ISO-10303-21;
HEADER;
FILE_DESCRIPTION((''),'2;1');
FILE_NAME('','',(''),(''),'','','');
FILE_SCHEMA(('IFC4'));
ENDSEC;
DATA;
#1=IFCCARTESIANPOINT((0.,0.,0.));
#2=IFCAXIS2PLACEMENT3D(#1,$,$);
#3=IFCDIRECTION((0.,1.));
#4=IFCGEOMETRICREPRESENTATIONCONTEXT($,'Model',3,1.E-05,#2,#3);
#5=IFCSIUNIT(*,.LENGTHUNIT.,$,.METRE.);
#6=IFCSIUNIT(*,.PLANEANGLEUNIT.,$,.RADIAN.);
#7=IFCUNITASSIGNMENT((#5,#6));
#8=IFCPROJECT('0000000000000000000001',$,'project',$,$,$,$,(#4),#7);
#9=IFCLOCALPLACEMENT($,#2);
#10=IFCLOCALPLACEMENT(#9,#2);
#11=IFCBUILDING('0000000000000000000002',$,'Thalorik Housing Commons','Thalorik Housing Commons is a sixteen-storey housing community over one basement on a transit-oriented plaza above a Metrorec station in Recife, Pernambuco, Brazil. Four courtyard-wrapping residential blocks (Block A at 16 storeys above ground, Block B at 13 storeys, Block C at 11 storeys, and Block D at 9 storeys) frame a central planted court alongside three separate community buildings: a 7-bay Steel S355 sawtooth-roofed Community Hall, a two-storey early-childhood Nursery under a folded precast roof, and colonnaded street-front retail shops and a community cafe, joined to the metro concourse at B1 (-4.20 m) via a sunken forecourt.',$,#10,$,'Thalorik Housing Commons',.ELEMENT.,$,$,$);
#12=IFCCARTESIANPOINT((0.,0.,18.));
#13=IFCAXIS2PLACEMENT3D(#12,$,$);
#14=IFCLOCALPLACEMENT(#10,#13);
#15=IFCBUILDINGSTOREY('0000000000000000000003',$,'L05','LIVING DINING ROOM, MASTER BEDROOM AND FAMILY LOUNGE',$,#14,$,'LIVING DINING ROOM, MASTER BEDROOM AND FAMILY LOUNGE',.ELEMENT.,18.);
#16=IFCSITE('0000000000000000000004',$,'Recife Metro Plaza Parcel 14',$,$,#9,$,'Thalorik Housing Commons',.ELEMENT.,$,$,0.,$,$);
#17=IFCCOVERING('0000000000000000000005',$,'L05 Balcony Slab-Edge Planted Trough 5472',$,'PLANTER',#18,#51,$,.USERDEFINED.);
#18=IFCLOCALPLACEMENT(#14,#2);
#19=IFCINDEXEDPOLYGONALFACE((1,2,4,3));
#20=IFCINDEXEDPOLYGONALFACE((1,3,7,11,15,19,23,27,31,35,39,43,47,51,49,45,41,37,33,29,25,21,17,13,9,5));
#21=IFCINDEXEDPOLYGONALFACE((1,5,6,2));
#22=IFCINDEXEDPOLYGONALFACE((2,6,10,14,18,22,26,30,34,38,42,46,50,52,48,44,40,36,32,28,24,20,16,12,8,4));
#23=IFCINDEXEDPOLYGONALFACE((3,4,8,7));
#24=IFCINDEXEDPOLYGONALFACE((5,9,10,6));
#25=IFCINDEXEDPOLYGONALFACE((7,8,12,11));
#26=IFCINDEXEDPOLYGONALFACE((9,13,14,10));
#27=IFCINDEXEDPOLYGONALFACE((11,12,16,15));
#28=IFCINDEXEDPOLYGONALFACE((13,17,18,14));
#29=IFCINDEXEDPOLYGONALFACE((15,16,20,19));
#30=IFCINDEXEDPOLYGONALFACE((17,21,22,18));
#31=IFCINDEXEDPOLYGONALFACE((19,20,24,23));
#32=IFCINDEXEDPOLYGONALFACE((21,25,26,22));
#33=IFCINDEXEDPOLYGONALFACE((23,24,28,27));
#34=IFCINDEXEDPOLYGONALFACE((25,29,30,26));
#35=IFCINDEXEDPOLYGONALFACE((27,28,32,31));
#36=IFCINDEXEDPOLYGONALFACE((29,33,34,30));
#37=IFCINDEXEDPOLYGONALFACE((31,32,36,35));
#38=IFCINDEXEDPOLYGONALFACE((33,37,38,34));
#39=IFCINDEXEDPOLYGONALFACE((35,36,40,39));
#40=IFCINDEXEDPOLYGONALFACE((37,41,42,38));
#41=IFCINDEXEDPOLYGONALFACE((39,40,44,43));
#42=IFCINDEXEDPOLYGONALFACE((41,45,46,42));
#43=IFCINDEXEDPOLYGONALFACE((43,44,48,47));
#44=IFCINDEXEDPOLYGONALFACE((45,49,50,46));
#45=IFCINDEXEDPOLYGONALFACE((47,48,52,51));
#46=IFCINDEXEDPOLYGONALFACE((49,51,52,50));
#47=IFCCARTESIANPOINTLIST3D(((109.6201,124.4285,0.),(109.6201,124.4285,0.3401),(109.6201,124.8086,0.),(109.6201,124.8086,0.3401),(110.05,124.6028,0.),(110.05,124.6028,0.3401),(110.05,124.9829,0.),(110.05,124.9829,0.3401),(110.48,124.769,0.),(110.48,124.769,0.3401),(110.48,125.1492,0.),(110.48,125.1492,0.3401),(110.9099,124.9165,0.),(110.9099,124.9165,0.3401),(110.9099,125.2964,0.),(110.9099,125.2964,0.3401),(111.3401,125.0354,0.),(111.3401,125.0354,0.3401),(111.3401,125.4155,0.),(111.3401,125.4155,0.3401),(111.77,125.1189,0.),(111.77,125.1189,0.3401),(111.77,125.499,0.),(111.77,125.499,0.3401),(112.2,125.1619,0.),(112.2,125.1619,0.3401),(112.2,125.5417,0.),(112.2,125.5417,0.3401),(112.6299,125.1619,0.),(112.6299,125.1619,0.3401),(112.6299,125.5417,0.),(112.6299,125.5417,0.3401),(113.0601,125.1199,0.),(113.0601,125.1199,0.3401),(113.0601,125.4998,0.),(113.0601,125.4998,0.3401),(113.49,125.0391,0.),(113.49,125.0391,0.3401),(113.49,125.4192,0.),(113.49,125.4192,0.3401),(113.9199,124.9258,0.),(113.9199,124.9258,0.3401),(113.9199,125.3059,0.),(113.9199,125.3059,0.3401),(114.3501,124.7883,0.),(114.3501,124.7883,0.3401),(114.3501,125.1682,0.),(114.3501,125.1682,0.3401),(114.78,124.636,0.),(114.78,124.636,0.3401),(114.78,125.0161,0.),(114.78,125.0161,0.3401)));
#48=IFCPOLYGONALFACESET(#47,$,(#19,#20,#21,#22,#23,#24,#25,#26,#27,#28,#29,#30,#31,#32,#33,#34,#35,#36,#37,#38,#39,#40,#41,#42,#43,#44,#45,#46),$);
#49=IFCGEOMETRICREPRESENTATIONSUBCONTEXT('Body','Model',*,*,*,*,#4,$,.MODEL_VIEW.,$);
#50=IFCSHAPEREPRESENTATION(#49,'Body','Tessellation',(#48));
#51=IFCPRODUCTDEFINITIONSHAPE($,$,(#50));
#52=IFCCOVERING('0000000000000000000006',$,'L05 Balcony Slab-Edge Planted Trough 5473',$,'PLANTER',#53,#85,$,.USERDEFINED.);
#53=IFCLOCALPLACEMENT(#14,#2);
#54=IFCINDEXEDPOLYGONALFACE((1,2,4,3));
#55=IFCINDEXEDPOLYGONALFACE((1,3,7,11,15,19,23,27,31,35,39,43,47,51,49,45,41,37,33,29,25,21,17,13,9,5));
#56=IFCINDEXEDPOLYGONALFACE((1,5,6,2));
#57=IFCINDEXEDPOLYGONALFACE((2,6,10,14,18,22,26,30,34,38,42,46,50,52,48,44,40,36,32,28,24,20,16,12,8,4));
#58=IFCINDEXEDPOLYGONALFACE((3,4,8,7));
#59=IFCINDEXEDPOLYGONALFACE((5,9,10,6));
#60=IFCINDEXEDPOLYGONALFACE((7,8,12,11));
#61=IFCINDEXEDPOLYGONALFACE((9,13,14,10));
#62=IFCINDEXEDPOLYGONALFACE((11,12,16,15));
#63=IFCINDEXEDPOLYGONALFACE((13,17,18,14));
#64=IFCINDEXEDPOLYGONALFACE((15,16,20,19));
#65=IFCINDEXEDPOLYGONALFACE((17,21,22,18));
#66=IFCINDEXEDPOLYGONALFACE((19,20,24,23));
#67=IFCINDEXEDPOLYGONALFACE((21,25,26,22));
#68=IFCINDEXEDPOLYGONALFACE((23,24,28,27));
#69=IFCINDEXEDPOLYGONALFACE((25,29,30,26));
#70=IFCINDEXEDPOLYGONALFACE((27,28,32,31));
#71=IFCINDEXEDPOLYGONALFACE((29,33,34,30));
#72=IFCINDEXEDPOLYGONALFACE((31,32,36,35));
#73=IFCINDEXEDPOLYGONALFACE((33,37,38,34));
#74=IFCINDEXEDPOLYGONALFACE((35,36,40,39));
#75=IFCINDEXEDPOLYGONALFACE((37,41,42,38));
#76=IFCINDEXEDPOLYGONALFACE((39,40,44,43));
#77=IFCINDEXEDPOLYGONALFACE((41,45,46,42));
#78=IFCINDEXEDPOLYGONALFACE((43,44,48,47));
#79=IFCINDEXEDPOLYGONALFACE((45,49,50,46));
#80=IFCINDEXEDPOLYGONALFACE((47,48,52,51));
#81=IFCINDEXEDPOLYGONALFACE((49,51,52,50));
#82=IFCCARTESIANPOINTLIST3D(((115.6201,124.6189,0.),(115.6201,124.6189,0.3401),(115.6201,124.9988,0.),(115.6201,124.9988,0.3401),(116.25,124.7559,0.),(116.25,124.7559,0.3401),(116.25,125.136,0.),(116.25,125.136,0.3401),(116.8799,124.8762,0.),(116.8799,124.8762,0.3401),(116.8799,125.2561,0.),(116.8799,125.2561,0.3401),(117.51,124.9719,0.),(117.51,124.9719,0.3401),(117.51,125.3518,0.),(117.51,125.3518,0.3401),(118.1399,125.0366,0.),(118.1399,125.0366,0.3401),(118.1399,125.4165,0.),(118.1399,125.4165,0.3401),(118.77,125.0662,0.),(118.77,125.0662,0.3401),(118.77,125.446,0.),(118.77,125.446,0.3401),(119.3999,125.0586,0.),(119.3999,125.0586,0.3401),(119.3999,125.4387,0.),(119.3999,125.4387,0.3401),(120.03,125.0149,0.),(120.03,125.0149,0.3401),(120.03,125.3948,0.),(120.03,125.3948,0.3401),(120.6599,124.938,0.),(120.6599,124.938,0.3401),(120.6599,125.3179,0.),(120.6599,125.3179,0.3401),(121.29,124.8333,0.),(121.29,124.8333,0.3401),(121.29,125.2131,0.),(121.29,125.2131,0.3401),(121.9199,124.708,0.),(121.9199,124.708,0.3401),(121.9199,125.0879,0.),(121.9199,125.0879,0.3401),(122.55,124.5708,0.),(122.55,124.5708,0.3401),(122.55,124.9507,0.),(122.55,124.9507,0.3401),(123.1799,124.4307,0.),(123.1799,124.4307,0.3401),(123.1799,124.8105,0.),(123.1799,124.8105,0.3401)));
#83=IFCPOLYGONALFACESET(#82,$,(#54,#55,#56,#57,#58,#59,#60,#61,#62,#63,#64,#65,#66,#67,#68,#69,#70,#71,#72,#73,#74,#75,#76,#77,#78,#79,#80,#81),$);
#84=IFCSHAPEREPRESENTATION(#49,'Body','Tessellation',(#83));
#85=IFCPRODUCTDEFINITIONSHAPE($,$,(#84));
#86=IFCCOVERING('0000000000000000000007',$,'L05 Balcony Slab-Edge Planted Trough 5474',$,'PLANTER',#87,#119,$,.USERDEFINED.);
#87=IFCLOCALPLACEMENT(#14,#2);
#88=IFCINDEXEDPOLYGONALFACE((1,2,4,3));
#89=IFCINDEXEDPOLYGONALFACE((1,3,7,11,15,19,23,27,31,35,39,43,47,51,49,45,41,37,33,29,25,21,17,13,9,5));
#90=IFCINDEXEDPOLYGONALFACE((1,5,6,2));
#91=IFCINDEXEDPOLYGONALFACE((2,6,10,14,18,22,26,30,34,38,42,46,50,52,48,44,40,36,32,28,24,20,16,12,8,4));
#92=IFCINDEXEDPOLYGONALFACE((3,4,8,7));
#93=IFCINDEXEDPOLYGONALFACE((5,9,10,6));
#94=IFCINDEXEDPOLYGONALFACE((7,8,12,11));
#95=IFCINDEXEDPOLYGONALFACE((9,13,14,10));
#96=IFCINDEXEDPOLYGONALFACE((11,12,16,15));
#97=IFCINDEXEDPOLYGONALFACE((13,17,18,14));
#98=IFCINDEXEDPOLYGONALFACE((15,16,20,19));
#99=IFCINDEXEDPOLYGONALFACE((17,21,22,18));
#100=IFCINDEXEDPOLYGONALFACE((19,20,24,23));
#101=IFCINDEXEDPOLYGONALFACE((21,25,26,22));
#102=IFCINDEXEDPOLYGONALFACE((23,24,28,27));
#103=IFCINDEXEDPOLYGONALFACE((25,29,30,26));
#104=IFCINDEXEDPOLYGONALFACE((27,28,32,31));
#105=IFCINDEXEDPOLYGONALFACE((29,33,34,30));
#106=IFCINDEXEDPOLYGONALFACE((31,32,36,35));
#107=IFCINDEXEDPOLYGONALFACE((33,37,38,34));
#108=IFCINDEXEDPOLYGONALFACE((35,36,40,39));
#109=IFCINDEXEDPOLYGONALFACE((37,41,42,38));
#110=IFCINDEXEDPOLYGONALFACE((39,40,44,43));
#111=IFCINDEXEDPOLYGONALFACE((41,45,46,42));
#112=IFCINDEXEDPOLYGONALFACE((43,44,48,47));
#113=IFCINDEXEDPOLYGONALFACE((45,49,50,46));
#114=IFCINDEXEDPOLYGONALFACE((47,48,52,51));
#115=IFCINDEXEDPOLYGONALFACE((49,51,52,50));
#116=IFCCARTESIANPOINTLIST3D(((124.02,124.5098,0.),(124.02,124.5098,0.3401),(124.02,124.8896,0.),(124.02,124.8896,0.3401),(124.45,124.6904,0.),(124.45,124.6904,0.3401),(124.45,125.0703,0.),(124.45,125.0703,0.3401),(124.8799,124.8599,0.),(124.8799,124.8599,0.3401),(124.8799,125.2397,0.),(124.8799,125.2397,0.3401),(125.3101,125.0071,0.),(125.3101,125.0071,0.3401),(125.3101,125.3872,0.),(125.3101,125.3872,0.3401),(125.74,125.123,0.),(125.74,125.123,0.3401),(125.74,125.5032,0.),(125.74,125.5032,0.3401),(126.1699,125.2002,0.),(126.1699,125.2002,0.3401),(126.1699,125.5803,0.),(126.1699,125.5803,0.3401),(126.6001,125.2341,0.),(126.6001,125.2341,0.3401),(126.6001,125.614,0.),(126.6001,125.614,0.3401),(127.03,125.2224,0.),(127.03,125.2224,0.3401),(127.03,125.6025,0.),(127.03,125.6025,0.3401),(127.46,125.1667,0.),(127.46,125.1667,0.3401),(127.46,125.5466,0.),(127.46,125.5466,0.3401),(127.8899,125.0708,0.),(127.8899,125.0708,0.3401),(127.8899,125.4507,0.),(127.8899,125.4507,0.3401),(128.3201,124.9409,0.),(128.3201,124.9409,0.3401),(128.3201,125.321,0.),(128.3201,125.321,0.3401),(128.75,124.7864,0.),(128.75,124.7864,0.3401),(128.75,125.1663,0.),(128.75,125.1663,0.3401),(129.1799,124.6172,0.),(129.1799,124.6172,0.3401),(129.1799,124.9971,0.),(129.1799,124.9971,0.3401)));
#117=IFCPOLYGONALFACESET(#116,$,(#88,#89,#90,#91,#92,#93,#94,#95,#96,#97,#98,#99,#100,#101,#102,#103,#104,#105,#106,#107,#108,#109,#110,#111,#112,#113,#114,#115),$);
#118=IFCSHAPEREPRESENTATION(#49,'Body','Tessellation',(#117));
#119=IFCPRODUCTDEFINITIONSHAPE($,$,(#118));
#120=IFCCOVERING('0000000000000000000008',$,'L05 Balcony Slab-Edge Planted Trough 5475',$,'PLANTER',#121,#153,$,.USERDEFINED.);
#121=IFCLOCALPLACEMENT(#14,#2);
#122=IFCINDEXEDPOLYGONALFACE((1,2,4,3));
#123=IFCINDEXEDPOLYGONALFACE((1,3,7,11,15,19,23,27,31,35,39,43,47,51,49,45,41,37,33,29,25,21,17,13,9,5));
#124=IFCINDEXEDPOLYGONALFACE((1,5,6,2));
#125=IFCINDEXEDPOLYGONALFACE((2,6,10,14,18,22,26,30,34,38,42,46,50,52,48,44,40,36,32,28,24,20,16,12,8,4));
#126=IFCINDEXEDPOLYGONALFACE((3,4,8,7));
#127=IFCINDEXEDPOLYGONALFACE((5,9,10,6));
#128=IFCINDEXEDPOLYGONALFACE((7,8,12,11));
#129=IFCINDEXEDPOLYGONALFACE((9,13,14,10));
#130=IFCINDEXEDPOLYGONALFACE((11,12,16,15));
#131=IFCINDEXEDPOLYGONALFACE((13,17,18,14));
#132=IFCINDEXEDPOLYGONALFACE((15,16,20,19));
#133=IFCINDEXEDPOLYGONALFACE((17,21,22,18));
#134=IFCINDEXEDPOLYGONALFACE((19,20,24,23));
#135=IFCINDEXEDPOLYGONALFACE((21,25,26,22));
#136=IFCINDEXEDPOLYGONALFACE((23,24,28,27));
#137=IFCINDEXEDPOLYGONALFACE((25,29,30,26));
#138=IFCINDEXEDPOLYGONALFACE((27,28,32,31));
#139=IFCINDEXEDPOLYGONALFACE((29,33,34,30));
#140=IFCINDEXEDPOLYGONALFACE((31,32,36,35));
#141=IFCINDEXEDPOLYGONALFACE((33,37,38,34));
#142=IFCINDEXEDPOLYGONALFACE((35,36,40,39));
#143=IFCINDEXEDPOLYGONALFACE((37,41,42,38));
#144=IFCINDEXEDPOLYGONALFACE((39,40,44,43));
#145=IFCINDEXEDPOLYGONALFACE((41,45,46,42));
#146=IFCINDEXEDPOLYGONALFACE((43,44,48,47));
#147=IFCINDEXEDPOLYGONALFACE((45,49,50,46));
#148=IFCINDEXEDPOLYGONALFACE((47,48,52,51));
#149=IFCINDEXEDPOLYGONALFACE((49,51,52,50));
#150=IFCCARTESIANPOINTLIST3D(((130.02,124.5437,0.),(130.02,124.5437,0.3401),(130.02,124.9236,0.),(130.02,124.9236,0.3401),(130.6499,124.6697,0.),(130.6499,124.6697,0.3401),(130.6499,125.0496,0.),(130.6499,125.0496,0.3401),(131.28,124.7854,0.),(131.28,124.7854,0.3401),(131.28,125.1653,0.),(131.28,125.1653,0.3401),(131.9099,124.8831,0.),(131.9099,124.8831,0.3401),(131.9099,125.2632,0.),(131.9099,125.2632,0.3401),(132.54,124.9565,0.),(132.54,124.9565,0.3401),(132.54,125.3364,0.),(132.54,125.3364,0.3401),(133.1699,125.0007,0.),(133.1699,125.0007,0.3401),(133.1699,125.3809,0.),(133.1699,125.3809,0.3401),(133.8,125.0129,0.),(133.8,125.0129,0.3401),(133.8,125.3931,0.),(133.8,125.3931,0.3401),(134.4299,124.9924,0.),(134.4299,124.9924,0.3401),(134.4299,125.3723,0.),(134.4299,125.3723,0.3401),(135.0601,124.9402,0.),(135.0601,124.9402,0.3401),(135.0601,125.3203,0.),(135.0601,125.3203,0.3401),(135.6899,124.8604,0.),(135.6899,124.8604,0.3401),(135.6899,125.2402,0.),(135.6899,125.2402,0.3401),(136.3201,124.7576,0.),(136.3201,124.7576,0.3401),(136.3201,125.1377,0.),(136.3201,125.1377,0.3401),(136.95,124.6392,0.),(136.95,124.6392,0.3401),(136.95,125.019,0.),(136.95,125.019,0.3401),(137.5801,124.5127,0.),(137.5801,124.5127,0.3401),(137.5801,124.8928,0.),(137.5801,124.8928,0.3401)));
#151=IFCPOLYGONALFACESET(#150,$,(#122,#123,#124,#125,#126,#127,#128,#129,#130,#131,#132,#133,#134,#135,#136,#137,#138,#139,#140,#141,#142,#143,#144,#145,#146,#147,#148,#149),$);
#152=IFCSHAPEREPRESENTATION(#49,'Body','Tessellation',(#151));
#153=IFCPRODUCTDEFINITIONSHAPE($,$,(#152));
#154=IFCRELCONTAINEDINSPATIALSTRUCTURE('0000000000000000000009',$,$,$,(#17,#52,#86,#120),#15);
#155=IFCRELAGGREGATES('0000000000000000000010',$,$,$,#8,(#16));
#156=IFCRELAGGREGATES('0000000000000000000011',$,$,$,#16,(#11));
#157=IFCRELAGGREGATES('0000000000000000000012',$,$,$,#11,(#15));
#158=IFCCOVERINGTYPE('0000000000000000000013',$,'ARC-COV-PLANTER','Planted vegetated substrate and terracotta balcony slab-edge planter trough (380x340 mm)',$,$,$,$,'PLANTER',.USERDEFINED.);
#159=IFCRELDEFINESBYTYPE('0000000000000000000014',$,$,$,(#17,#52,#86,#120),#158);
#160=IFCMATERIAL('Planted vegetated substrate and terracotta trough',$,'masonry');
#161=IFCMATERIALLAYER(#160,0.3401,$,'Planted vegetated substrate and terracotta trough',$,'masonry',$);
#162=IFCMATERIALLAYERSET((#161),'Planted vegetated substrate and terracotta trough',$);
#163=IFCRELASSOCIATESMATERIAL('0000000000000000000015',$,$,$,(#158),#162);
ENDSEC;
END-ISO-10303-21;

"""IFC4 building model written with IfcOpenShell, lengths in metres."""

from ifc_helpers import new_model, si_unit, direction, frame, origin, place, context, subcontext, project, spatial, polyline, outline, extrude, material, layer, layer_set, type_object, element, save


model = new_model("IFC4")

# Units and contexts
model_context = context("Model", 3, precision=1e-05, world=origin(), true_north=direction((0.0, 1.0)))
body_context = subcontext(model_context, "Body", "Model", "MODEL_VIEW")
ifc_project = project(units=[si_unit("LENGTHUNIT", "METRE"), si_unit("PLANEANGLEUNIT", "RADIAN")], contexts=[model_context])

# Site, building, storey
site_placement = place(None, origin())
site = spatial("IfcSite", under=ifc_project, at=site_placement, Name="Recife Metro Plaza Parcel 14", LongName="Thalorik Housing Commons", CompositionType="ELEMENT", RefElevation=0.0)
building_placement = place(site_placement, origin())
building = spatial("IfcBuilding", under=site, at=building_placement, Name="Thalorik Housing Commons", Description="Thalorik Housing Commons is a sixteen-storey housing community over one basement on a transit-oriented plaza above a Metrorec station in Recife, Pernambuco, Brazil. Four courtyard-wrapping residential blocks (Block A at 16 storeys above ground, Block B at 13 storeys, Block C at 11 storeys, and Block D at 9 storeys) frame a central planted court alongside three separate community buildings: a 7-bay Steel S355 sawtooth-roofed Community Hall, a two-storey early-childhood Nursery under a folded precast roof, and colonnaded street-front retail shops and a community cafe, joined to the metro concourse at B1 (-4.20 m) via a sunken forecourt.", LongName="Thalorik Housing Commons", CompositionType="ELEMENT")
storey_placement = place(building_placement, frame((0.0, 0.0, 18.0)))
storey = spatial("IfcBuildingStorey", under=building, at=storey_placement, Name="L05", Description="LIVING DINING ROOM, MASTER BEDROOM AND FAMILY LOUNGE", LongName="LIVING DINING ROOM, MASTER BEDROOM AND FAMILY LOUNGE", CompositionType="ELEMENT", Elevation=18.0)

# Coverings
ifc_material = material(Name="Planted vegetated substrate and terracotta trough", Category="masonry")
ifc_layer = layer(ifc_material, 0.3401, Name="Planted vegetated substrate and terracotta trough", Category="masonry")
ifc_layer_set = layer_set([ifc_layer], Name="Planted vegetated substrate and terracotta trough")
covering_type = type_object("IfcCoveringType", Name="ARC-COV-PLANTER", Description="Planted vegetated substrate and terracotta balcony slab-edge planter trough (380x340 mm)", ElementType="PLANTER", PredefinedType="USERDEFINED", material=ifc_layer_set)
covering_1_placement = place(storey_placement, origin())
element("IfcCovering", 1, at=covering_1_placement, inside=storey, type_object=covering_type, Name="L05 Balcony Slab-Edge Planted Trough 5472", ObjectType="PLANTER", PredefinedType="USERDEFINED", context=body_context, shape_type="SweptSolid", body=[
    extrude(outline(polyline([(114.78, 125.0161), (114.3501, 125.1682), (113.9199, 125.3059), (113.49, 125.4192), (113.0601, 125.4998), (112.6299, 125.5417), (112.2, 125.5417), (111.77, 125.499), (111.3401, 125.4155), (110.9099, 125.2964), (110.48, 125.1492), (110.05, 124.9829), (109.6201, 124.8086), (109.6201, 124.4285), (110.05, 124.6028), (110.48, 124.769), (110.9099, 124.9165), (111.3401, 125.0354), (111.77, 125.1189), (112.2, 125.1619), (112.6299, 125.1619), (113.0601, 125.1199), (113.49, 125.0391), (113.9199, 124.9258), (114.3501, 124.7883), (114.78, 124.636), (114.78, 125.0161)])), origin(), (0.0, 0.0, 1.0), 0.3401),
])
covering_2_placement = place(storey_placement, origin())
element("IfcCovering", 2, at=covering_2_placement, inside=storey, type_object=covering_type, Name="L05 Balcony Slab-Edge Planted Trough 5473", ObjectType="PLANTER", PredefinedType="USERDEFINED", context=body_context, shape_type="SweptSolid", body=[
    extrude(outline(polyline([(123.1799, 124.8105), (122.55, 124.9507), (121.9199, 125.0879), (121.29, 125.2131), (120.6599, 125.3179), (120.03, 125.3948), (119.3999, 125.4387), (118.77, 125.446), (118.1399, 125.4165), (117.51, 125.3518), (116.8799, 125.2561), (116.25, 125.136), (115.6201, 124.9988), (115.6201, 124.6189), (116.25, 124.7559), (116.8799, 124.8762), (117.51, 124.9719), (118.1399, 125.0366), (118.77, 125.0662), (119.3999, 125.0586), (120.03, 125.0149), (120.6599, 124.938), (121.29, 124.8333), (121.9199, 124.708), (122.55, 124.5708), (123.1799, 124.4307), (123.1799, 124.8105)])), origin(), (0.0, 0.0, 1.0), 0.3401),
])
covering_3_placement = place(storey_placement, origin())
element("IfcCovering", 3, at=covering_3_placement, inside=storey, type_object=covering_type, Name="L05 Balcony Slab-Edge Planted Trough 5474", ObjectType="PLANTER", PredefinedType="USERDEFINED", context=body_context, shape_type="SweptSolid", body=[
    extrude(outline(polyline([(129.1799, 124.9971), (128.75, 125.1663), (128.3201, 125.321), (127.8899, 125.4507), (127.46, 125.5466), (127.03, 125.6025), (126.6001, 125.614), (126.1699, 125.5803), (125.74, 125.5032), (125.3101, 125.3872), (124.8799, 125.2397), (124.45, 125.0703), (124.02, 124.8896), (124.02, 124.5098), (124.45, 124.6904), (124.8799, 124.8599), (125.3101, 125.0071), (125.74, 125.123), (126.1699, 125.2002), (126.6001, 125.2341), (127.03, 125.2224), (127.46, 125.1667), (127.8899, 125.0708), (128.3201, 124.9409), (128.75, 124.7864), (129.1799, 124.6172), (129.1799, 124.9971)])), origin(), (0.0, 0.0, 1.0), 0.3401),
])
covering_4_placement = place(storey_placement, origin())
element("IfcCovering", 4, at=covering_4_placement, inside=storey, type_object=covering_type, Name="L05 Balcony Slab-Edge Planted Trough 5475", ObjectType="PLANTER", PredefinedType="USERDEFINED", context=body_context, shape_type="SweptSolid", body=[
    extrude(outline(polyline([(137.5801, 124.8928), (136.95, 125.019), (136.3201, 125.1377), (135.6899, 125.2402), (135.0601, 125.3203), (134.4299, 125.3723), (133.8, 125.3931), (133.1699, 125.3809), (132.54, 125.3364), (131.9099, 125.2632), (131.28, 125.1653), (130.6499, 125.0496), (130.02, 124.9236), (130.02, 124.5437), (130.6499, 124.6697), (131.28, 124.7854), (131.9099, 124.8831), (132.54, 124.9565), (133.1699, 125.0007), (133.8, 125.0129), (134.4299, 124.9924), (135.0601, 124.9402), (135.6899, 124.8604), (136.3201, 124.7576), (136.95, 124.6392), (137.5801, 124.5127), (137.5801, 124.8928)])), origin(), (0.0, 0.0, 1.0), 0.3401),
])

save(model, "model.ifc")
